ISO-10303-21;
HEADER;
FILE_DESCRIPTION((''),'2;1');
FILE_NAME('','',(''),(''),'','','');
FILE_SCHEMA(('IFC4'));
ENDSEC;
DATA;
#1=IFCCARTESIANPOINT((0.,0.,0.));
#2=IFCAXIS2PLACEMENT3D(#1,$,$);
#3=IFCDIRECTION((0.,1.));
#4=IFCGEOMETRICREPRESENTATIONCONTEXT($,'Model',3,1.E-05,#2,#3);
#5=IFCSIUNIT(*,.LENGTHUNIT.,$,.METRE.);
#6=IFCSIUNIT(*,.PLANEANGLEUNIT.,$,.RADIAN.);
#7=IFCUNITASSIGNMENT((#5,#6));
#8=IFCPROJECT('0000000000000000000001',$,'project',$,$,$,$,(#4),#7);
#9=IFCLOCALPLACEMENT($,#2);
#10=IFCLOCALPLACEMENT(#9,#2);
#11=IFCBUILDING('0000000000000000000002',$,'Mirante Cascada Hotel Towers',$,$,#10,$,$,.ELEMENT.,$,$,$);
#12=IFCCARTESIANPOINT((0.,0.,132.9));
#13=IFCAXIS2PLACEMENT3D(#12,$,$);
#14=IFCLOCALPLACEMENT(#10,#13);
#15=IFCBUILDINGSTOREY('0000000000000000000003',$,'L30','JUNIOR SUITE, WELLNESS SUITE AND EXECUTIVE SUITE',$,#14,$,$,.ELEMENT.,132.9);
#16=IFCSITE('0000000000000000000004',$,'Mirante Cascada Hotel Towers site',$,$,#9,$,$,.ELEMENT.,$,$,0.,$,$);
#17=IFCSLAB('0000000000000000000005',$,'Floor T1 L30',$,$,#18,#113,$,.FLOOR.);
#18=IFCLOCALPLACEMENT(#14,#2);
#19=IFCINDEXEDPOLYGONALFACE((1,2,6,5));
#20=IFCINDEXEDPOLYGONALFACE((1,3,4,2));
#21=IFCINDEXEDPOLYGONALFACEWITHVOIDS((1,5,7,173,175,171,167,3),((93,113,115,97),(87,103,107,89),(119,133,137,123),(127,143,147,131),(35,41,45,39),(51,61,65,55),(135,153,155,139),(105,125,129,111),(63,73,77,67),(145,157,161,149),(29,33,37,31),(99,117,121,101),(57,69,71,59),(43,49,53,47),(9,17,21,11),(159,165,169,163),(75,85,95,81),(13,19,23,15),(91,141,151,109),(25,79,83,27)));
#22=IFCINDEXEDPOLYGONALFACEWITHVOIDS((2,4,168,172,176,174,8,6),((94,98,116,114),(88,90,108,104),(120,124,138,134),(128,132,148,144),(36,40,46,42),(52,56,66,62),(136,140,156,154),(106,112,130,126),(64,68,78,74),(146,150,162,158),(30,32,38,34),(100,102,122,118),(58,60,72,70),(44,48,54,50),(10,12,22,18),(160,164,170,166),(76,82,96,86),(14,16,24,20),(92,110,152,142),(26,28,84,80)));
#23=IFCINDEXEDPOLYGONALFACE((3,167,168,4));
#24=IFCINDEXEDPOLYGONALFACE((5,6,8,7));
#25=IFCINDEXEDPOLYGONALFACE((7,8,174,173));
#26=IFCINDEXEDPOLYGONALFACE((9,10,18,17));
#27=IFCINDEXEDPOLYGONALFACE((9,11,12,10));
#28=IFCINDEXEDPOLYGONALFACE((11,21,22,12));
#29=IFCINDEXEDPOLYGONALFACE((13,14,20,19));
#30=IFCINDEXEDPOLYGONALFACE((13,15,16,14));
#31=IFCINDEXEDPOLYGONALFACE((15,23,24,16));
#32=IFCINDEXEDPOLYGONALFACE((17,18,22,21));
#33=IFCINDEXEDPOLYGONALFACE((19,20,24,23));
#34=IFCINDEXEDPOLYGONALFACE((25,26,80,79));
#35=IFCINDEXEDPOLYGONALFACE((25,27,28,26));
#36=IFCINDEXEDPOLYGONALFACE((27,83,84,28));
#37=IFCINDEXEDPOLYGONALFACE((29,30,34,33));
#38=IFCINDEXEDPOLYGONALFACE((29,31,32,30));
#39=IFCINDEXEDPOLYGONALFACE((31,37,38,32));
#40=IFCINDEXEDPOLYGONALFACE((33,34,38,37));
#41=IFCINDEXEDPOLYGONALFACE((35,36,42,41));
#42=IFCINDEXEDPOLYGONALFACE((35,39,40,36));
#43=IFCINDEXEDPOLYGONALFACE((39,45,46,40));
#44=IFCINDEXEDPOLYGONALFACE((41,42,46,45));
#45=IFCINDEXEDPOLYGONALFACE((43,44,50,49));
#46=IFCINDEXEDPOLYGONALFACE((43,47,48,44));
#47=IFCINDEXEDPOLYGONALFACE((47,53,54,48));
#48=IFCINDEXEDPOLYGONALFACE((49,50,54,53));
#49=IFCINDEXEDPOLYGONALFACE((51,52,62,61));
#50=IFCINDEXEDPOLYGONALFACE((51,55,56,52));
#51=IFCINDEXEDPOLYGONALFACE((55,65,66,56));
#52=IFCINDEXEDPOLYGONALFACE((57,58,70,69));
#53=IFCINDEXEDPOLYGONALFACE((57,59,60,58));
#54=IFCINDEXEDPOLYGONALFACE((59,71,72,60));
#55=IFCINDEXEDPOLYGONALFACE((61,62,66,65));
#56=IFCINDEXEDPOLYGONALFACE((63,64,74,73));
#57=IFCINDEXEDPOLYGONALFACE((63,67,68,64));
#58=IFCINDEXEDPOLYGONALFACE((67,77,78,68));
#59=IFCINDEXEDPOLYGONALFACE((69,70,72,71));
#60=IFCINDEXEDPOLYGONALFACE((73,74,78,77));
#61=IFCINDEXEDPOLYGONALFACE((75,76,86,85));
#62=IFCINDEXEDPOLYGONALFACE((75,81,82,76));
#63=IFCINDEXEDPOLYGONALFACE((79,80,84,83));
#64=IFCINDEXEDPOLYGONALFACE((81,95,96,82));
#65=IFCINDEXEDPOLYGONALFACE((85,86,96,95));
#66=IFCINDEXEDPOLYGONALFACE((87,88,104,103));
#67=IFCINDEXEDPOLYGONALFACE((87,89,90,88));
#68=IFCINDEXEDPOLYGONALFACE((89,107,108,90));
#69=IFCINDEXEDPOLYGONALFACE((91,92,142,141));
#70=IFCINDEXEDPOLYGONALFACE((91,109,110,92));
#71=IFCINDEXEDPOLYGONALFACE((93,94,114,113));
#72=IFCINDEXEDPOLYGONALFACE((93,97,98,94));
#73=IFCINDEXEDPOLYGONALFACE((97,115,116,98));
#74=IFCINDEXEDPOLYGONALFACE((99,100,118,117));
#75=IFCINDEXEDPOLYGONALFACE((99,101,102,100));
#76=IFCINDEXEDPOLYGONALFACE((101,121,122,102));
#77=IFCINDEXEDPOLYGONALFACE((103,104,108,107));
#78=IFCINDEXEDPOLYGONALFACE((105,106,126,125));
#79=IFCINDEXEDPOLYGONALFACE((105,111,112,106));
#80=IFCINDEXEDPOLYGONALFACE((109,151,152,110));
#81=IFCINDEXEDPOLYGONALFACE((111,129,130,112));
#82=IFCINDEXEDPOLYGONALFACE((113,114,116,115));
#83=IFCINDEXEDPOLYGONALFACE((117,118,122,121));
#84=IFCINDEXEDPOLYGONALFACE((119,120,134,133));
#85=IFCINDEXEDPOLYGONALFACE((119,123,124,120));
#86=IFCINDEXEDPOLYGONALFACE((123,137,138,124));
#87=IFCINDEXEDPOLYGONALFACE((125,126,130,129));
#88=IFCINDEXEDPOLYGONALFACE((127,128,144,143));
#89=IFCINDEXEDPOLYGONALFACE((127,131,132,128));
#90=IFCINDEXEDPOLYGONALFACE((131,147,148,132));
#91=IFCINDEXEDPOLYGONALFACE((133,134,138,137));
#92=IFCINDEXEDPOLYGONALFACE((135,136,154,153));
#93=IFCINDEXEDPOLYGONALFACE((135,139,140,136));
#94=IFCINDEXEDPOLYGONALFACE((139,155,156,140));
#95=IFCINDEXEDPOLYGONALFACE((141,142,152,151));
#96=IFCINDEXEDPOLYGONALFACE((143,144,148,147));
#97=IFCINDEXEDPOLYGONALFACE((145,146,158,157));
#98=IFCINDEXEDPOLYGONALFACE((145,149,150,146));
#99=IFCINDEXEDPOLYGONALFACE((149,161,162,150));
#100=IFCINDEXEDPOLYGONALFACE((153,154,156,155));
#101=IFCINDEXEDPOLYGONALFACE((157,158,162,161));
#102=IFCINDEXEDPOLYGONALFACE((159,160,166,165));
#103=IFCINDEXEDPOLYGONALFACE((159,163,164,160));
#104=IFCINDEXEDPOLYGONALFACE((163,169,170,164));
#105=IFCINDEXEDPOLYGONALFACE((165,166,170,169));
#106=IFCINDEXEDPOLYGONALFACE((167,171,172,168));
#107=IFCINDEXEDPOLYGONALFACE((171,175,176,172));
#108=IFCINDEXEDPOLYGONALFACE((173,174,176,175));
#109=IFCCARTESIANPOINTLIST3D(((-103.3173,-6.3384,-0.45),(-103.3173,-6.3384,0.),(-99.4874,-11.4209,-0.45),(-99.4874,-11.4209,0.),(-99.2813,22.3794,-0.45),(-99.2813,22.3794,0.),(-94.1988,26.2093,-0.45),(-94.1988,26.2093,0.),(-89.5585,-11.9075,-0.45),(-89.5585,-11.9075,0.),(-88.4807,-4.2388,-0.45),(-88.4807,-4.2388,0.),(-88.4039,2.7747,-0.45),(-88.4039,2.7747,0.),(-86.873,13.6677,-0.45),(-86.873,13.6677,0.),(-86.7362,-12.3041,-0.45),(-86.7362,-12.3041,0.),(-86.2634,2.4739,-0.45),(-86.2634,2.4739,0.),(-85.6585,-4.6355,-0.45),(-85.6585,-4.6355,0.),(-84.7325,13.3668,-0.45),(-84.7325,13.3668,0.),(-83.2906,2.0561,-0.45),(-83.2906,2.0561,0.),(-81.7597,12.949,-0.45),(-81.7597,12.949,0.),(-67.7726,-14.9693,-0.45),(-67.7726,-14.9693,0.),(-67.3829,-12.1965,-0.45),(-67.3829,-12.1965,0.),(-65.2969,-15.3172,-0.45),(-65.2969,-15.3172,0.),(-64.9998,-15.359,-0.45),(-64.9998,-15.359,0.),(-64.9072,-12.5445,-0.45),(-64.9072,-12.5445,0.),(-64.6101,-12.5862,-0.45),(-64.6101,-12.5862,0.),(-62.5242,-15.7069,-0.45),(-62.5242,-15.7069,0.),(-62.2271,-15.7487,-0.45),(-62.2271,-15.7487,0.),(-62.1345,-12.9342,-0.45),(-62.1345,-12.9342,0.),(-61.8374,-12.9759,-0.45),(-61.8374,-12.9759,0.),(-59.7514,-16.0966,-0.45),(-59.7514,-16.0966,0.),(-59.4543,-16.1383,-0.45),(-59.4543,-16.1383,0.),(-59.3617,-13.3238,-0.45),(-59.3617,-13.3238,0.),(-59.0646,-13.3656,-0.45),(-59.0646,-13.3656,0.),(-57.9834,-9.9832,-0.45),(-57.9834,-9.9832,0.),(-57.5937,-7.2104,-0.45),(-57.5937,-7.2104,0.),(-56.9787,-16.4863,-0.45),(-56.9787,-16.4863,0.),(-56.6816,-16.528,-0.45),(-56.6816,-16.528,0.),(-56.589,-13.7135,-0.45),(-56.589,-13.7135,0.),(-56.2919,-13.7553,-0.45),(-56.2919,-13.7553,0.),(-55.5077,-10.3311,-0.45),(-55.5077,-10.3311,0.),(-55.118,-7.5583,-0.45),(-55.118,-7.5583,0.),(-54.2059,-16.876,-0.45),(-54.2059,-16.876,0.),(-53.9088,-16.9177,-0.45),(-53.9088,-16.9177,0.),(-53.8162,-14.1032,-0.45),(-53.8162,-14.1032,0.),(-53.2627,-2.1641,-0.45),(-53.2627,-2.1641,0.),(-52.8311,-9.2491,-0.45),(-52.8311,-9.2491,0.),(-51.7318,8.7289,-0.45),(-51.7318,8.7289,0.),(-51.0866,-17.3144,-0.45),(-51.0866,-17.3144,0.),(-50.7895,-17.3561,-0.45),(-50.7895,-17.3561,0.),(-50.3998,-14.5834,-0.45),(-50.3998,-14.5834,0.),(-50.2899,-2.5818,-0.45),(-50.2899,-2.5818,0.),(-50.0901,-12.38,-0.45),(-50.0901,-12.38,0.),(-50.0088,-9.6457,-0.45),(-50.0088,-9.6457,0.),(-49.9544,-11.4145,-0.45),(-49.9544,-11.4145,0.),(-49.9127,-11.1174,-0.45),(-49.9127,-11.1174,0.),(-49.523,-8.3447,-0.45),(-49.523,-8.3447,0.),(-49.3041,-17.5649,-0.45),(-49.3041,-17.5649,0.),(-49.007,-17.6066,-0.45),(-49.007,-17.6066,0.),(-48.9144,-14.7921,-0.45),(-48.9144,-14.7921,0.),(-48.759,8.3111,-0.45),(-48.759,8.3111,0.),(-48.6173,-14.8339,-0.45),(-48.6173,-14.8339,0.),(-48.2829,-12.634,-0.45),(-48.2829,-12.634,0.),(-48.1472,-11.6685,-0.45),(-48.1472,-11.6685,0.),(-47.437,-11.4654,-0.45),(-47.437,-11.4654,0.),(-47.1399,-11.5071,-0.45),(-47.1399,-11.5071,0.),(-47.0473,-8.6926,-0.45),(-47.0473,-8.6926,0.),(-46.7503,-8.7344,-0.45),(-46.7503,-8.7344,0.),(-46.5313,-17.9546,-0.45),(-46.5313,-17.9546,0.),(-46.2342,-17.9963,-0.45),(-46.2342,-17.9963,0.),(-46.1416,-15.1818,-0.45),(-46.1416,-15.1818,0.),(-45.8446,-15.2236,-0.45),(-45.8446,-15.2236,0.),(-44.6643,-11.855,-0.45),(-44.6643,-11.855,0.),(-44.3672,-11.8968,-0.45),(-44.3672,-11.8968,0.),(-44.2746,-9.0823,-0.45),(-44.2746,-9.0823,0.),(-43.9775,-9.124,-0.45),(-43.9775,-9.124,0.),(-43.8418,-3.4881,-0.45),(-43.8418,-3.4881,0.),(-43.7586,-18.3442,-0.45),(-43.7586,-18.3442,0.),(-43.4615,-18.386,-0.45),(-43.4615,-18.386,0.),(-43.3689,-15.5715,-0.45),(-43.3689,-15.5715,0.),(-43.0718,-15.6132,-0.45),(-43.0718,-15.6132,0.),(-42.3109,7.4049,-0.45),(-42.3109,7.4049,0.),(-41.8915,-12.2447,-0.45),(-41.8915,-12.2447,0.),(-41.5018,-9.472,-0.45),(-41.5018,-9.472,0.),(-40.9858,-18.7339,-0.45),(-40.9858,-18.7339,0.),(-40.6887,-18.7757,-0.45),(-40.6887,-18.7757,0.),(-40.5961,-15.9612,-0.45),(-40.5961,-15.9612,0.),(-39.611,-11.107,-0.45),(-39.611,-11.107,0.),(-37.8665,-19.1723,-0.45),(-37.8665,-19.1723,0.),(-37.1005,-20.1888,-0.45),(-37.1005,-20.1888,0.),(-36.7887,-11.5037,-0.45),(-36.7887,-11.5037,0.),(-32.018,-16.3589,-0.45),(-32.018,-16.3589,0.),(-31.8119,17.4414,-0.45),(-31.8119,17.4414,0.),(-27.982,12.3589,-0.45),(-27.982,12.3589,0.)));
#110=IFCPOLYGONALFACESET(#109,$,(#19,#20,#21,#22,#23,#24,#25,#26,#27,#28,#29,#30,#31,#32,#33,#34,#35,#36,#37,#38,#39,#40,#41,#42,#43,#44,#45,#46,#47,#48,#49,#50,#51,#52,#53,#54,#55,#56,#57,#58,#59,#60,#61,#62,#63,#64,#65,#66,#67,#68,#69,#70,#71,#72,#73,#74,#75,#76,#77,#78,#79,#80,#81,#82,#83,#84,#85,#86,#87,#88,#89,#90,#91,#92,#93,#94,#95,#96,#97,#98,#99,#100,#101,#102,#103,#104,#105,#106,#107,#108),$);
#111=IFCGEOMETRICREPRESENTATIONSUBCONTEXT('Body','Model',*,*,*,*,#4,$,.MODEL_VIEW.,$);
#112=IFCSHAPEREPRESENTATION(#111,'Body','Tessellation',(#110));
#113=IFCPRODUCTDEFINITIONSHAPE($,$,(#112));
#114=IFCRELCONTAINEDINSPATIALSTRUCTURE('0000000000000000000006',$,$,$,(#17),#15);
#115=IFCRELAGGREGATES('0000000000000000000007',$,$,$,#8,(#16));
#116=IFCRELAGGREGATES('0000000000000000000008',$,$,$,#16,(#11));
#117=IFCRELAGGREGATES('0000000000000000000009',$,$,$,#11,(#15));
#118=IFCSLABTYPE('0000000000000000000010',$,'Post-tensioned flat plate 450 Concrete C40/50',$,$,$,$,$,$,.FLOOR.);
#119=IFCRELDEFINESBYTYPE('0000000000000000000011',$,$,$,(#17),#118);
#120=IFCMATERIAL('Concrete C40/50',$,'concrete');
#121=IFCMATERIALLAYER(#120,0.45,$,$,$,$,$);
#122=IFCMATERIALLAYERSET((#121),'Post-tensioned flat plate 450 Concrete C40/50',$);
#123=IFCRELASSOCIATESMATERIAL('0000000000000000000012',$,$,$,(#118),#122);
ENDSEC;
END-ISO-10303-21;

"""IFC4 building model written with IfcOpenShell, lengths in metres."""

from ifc_helpers import new_model, si_unit, direction, frame, origin, place, context, subcontext, project, spatial, polyline, outline, extrude, material, layer, layer_set, type_object, element, save


model = new_model("IFC4")

# Units and contexts
model_context = context("Model", 3, precision=1e-05, world=origin(), true_north=direction((0.0, 1.0)))
body_context = subcontext(model_context, "Body", "Model", "MODEL_VIEW")
ifc_project = project(units=[si_unit("LENGTHUNIT", "METRE"), si_unit("PLANEANGLEUNIT", "RADIAN")], contexts=[model_context])

# Site, building, storey
site_placement = place(None, origin())
site = spatial("IfcSite", under=ifc_project, at=site_placement, Name="Mirante Cascada Hotel Towers site", CompositionType="ELEMENT", RefElevation=0.0)
building_placement = place(site_placement, origin())
building = spatial("IfcBuilding", under=site, at=building_placement, Name="Mirante Cascada Hotel Towers", CompositionType="ELEMENT")
storey_placement = place(building_placement, frame((0.0, 0.0, 132.9)))
storey = spatial("IfcBuildingStorey", under=building, at=storey_placement, Name="L30", Description="JUNIOR SUITE, WELLNESS SUITE AND EXECUTIVE SUITE", CompositionType="ELEMENT", Elevation=132.9)

# Slab
ifc_material_1 = material(Name="Concrete C40/50", Category="concrete")
ifc_layer_1 = layer(ifc_material_1, 0.45)
ifc_layer_set_1 = layer_set([ifc_layer_1], Name="Post-tensioned flat plate 450 Concrete C40/50")
slab_type = type_object("IfcSlabType", Name="Post-tensioned flat plate 450 Concrete C40/50", PredefinedType="FLOOR", material=ifc_layer_set_1)
slab_1_placement = place(storey_placement, frame((0.0, 0.0, -0.45)))
element("IfcSlab", 1, at=slab_1_placement, inside=storey, type_object=slab_type, Name="Floor T1 L30", PredefinedType="FLOOR", context=body_context, shape_type="SweptSolid", body=[
    extrude(outline(polyline([(-32.018, -16.3589), (-27.982, 12.3589), (-31.8119, 17.4414), (-94.1988, 26.2093), (-99.2813, 22.3794), (-103.3173, -6.3384), (-99.4874, -11.4209), (-37.1005, -20.1888), (-32.018, -16.3589)]), holes=[polyline([(-43.0718, -15.6132), (-40.5961, -15.9612), (-40.9858, -18.7339), (-43.4615, -18.386), (-43.0718, -15.6132)]), polyline([(-45.8446, -15.2236), (-43.3689, -15.5715), (-43.7586, -18.3442), (-46.2342, -17.9963), (-45.8446, -15.2236)]), polyline([(-48.6173, -14.8339), (-46.1416, -15.1818), (-46.5313, -17.9546), (-49.007, -17.6066), (-48.6173, -14.8339)]), polyline([(-50.3998, -14.5834), (-48.9144, -14.7921), (-49.3041, -17.5649), (-50.7895, -17.3561), (-50.3998, -14.5834)]), polyline([(-36.7887, -11.5037), (-37.8665, -19.1723), (-40.6887, -18.7757), (-39.611, -11.107), (-36.7887, -11.5037)]), polyline([(-49.9544, -11.4145), (-48.1472, -11.6685), (-48.2829, -12.634), (-50.0901, -12.38), (-49.9544, -11.4145)]), polyline([(-43.9775, -9.124), (-41.5018, -9.472), (-41.8915, -12.2447), (-44.3672, -11.8968), (-43.9775, -9.124)]), polyline([(-47.1399, -11.5071), (-46.7503, -8.7344), (-44.2746, -9.0823), (-44.6643, -11.855), (-47.1399, -11.5071)]), polyline([(-49.9127, -11.1174), (-49.523, -8.3447), (-47.0473, -8.6926), (-47.437, -11.4654), (-49.9127, -11.1174)]), polyline([(-56.2919, -13.7553), (-53.8162, -14.1032), (-54.2059, -16.876), (-56.6816, -16.528), (-56.2919, -13.7553)]), polyline([(-59.0646, -13.3656), (-56.589, -13.7135), (-56.9787, -16.4863), (-59.4543, -16.1383), (-59.0646, -13.3656)]), polyline([(-61.8374, -12.9759), (-59.3617, -13.3238), (-59.7514, -16.0966), (-62.2271, -15.7487), (-61.8374, -12.9759)]), polyline([(-64.6101, -12.5862), (-62.1345, -12.9342), (-62.5242, -15.7069), (-64.9998, -15.359), (-64.6101, -12.5862)]), polyline([(-67.3829, -12.1965), (-64.9072, -12.5445), (-65.2969, -15.3172), (-67.7726, -14.9693), (-67.3829, -12.1965)]), polyline([(-50.0088, -9.6457), (-51.0866, -17.3144), (-53.9088, -16.9177), (-52.8311, -9.2491), (-50.0088, -9.6457)]), polyline([(-85.6585, -4.6355), (-86.7362, -12.3041), (-89.5585, -11.9075), (-88.4807, -4.2388), (-85.6585, -4.6355)]), polyline([(-57.9834, -9.9832), (-57.5937, -7.2104), (-55.118, -7.5583), (-55.5077, -10.3311), (-57.9834, -9.9832)]), polyline([(-86.873, 13.6677), (-84.7325, 13.3668), (-84.7325, 13.3668), (-86.2634, 2.4739), (-86.2634, 2.4739), (-88.4039, 2.7747), (-86.873, 13.6677)]), polyline([(-51.7318, 8.7289), (-53.2627, -2.1641), (-53.2627, -2.1641), (-83.2906, 2.0561), (-83.2906, 2.0561), (-81.7597, 12.949), (-81.7597, 12.949), (-51.7318, 8.7289)]), polyline([(-42.3109, 7.4049), (-43.8418, -3.4881), (-50.2899, -2.5818), (-50.2899, -2.5818), (-48.759, 8.3111), (-42.3109, 7.4049)])]), origin(), (0.0, 0.0, 1.0), 0.45),
])

save(model, "model.ifc")
